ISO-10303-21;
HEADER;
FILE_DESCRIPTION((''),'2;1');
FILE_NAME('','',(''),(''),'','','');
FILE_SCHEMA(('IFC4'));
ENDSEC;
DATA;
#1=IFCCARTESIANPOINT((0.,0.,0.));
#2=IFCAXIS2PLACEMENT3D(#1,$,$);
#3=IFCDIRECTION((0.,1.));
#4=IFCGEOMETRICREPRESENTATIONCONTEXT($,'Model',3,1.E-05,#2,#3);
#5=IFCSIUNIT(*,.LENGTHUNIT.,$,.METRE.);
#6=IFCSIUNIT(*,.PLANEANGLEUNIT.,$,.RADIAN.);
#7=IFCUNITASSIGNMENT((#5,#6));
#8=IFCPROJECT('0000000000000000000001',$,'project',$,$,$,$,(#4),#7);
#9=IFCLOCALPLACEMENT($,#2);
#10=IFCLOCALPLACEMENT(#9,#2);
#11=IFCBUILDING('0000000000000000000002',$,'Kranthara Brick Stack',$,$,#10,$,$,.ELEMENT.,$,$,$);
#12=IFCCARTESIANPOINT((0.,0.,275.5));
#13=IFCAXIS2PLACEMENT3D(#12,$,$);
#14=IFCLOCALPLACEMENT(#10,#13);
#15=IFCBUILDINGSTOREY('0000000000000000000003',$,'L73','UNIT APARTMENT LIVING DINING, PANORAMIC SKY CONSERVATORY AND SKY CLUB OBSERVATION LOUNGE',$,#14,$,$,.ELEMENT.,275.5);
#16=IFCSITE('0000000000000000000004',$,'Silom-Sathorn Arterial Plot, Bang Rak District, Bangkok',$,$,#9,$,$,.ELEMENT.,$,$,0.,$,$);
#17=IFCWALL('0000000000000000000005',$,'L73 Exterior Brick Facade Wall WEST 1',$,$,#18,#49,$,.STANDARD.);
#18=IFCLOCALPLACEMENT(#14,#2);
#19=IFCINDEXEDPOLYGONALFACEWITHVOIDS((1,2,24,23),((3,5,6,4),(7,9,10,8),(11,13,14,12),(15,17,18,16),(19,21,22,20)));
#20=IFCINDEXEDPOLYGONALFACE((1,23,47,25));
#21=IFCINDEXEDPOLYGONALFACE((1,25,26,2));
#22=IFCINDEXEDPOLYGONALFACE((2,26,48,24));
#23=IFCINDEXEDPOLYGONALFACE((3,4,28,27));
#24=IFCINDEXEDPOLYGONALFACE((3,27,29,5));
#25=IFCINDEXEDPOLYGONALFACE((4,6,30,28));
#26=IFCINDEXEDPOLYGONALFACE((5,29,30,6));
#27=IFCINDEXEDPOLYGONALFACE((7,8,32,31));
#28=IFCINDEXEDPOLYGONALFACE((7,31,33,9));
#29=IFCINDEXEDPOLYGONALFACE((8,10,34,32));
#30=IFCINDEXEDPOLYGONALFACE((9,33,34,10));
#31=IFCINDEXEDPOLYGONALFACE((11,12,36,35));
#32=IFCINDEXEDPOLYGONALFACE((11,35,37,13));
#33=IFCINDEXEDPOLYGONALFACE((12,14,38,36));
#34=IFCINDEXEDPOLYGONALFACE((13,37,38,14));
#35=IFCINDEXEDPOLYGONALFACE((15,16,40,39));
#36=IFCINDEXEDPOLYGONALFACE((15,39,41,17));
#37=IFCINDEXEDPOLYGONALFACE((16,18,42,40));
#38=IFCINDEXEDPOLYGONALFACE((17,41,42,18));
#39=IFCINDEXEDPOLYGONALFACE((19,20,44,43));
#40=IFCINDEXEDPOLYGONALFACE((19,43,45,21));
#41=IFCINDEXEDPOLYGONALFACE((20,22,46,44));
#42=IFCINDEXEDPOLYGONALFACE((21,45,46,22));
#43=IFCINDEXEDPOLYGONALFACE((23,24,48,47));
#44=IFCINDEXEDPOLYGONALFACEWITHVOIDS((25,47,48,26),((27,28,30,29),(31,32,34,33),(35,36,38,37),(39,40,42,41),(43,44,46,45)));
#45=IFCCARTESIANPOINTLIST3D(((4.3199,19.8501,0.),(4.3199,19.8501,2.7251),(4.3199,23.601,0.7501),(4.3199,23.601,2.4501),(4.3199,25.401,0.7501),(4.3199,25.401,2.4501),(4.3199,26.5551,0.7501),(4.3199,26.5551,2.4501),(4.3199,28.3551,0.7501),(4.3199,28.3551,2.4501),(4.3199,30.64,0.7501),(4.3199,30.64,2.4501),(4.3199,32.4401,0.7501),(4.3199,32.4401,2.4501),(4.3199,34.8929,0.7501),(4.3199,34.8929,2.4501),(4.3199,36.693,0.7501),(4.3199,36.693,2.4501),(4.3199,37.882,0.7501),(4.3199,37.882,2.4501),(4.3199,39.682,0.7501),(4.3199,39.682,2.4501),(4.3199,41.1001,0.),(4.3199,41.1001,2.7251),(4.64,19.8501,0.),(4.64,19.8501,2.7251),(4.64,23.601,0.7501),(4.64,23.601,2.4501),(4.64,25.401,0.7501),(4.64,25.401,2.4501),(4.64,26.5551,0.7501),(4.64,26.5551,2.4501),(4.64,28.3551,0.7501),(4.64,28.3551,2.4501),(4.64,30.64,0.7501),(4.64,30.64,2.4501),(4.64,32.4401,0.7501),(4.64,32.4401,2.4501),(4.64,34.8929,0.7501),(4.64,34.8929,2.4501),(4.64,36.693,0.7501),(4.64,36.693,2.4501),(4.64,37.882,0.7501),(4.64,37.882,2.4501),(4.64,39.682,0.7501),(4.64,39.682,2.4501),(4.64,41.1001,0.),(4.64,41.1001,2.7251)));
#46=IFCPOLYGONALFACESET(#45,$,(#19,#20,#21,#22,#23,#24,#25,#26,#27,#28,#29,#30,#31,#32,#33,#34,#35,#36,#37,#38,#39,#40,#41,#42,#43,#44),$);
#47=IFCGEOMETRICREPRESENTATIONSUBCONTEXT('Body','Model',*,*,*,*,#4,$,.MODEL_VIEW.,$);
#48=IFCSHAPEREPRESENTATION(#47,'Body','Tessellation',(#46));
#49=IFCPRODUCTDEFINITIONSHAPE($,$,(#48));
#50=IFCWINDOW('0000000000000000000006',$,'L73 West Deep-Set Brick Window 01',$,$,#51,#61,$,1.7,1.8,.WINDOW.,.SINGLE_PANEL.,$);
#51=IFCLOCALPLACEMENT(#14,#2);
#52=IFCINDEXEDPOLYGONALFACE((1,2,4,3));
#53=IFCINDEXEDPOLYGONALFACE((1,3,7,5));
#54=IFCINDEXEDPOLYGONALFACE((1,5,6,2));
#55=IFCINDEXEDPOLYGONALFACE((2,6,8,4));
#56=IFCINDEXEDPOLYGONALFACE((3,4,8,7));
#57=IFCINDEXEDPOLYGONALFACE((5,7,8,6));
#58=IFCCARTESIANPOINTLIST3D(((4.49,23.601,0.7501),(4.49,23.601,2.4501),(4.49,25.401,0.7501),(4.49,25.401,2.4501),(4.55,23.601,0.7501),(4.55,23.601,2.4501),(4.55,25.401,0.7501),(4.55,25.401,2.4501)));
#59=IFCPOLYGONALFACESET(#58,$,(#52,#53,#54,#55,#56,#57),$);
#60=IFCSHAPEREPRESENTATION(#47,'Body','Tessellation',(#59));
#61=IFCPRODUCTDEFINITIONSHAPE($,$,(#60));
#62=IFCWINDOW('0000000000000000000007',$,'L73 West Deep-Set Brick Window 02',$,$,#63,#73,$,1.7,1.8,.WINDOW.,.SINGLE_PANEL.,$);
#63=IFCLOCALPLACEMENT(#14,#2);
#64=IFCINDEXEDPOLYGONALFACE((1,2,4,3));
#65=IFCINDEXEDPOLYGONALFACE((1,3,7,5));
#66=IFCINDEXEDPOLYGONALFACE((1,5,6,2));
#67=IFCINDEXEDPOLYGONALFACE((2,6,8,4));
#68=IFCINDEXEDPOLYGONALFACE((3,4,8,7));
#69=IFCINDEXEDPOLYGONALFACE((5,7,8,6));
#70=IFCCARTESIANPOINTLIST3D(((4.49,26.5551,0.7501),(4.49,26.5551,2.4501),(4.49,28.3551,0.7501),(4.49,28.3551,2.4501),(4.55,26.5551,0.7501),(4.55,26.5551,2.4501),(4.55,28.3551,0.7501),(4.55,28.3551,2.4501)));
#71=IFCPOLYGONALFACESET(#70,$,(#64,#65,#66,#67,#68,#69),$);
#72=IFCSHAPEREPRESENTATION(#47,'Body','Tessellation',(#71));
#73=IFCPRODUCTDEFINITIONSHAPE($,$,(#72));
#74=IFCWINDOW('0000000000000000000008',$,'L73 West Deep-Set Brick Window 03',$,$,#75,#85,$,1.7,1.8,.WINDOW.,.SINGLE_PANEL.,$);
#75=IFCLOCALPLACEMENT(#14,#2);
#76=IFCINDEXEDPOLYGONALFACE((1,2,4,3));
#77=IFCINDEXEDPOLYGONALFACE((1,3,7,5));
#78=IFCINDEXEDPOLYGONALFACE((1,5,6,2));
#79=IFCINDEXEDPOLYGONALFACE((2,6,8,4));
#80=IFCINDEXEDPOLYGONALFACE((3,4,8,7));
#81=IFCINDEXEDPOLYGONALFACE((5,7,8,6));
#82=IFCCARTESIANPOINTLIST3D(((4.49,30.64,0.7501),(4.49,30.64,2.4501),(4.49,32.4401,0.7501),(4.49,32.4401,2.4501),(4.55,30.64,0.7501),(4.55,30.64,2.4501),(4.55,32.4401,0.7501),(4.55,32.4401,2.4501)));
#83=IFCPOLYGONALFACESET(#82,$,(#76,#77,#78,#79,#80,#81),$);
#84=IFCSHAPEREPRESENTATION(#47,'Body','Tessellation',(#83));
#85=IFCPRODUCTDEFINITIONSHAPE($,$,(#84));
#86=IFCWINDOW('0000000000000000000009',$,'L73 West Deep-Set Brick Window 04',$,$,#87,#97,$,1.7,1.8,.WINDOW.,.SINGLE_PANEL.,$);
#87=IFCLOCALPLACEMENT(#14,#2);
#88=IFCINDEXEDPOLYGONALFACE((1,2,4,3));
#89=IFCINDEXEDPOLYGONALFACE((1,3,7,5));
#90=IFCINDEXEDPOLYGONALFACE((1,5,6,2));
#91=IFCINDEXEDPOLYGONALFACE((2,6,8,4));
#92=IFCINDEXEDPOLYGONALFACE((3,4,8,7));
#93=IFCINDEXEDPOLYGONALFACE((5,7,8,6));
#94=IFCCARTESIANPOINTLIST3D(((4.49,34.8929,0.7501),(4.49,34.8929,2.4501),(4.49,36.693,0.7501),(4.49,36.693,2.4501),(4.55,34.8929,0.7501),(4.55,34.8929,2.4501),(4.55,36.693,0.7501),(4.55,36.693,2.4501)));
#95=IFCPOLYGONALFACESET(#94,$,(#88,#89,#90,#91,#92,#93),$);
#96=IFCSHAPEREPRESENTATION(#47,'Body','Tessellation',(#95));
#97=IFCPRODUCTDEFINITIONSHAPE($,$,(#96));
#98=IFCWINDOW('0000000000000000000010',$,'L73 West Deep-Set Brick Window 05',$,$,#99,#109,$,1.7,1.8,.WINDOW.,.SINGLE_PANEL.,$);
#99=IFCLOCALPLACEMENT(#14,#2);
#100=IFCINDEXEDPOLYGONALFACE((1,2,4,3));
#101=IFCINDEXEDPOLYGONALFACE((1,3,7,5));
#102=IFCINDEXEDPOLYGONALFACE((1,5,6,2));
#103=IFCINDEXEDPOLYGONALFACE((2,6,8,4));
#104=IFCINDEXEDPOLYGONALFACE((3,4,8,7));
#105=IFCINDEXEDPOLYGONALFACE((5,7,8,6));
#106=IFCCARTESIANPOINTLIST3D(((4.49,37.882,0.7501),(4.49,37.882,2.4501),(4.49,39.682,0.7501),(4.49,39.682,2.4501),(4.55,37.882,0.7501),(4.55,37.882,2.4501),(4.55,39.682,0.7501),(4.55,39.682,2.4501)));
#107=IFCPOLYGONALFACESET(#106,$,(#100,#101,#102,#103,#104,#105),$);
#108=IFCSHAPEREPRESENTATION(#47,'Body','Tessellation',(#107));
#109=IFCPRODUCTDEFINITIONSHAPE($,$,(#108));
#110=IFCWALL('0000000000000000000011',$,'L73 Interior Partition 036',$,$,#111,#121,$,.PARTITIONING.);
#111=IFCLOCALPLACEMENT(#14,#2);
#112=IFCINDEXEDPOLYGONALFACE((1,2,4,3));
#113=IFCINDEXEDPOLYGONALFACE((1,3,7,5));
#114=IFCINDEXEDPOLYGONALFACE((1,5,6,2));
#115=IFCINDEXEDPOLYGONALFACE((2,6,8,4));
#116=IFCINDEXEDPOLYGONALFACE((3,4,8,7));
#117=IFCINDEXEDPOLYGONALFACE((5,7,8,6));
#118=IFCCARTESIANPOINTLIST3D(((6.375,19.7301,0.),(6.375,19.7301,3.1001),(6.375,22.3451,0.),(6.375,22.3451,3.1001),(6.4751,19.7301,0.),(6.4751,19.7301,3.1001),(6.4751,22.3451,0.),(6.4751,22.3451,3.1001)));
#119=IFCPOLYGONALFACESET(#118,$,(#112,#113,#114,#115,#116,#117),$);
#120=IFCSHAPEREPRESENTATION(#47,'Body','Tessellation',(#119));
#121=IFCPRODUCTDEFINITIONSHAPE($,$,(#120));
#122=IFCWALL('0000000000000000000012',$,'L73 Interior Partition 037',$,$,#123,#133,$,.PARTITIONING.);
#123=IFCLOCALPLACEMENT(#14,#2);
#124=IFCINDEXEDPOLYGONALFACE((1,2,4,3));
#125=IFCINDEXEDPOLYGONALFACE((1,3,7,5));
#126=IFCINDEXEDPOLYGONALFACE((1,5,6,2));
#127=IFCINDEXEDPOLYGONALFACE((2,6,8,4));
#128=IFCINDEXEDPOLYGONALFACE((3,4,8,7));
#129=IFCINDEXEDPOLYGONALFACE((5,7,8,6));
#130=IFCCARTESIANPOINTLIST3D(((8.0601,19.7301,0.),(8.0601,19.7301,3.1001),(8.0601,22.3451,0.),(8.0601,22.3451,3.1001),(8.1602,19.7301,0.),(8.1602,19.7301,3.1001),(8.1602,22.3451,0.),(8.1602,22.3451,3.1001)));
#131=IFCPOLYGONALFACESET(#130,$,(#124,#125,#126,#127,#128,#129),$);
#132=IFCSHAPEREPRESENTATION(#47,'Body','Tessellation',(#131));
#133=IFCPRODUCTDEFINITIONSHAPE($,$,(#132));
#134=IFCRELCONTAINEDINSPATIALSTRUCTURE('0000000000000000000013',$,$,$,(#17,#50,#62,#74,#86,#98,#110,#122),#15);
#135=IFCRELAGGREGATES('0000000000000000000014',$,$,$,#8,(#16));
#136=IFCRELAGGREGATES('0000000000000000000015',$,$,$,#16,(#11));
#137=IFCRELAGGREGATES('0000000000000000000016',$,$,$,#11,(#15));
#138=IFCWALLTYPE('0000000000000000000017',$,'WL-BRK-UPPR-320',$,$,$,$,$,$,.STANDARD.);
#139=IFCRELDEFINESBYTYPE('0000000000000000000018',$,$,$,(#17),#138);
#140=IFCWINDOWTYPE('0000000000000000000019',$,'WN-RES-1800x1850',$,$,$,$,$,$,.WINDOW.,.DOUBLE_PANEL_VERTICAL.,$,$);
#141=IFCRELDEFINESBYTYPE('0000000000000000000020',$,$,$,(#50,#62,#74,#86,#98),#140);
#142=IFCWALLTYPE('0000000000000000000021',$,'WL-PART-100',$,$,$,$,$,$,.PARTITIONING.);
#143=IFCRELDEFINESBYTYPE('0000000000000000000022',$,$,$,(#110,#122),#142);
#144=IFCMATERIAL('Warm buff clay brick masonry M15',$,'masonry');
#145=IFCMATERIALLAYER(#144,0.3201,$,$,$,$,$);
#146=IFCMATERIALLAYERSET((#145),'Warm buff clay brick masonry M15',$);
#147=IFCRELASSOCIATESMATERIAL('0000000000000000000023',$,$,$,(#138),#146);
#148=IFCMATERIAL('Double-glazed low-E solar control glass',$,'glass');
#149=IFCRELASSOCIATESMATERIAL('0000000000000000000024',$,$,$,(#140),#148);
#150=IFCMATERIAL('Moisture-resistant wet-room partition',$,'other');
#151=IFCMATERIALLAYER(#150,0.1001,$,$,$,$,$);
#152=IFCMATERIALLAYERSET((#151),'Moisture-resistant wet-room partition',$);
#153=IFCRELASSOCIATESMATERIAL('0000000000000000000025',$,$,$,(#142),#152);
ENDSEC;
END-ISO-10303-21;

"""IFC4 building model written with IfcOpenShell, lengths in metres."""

from ifc_helpers import new_model, si_unit, direction, frame, frame_2d, origin, place, context, subcontext, project, spatial, rectangle, extrude, material, layer, layer_set, type_object, element, fill, save


model = new_model("IFC4")

# Units and contexts
model_context = context("Model", 3, precision=1e-05, world=origin(), true_north=direction((0.0, 1.0)))
body_context = subcontext(model_context, "Body", "Model", "MODEL_VIEW")
ifc_project = project(units=[si_unit("LENGTHUNIT", "METRE"), si_unit("PLANEANGLEUNIT", "RADIAN")], contexts=[model_context])

# Site, building, storey
site_placement = place(None, origin())
site = spatial("IfcSite", under=ifc_project, at=site_placement, Name="Silom-Sathorn Arterial Plot, Bang Rak District, Bangkok", CompositionType="ELEMENT", RefElevation=0.0)
building_placement = place(site_placement, origin())
building = spatial("IfcBuilding", under=site, at=building_placement, Name="Kranthara Brick Stack", CompositionType="ELEMENT")
storey_placement = place(building_placement, frame((0.0, 0.0, 275.5)))
storey = spatial("IfcBuildingStorey", under=building, at=storey_placement, Name="L73", Description="UNIT APARTMENT LIVING DINING, PANORAMIC SKY CONSERVATORY AND SKY CLUB OBSERVATION LOUNGE", CompositionType="ELEMENT", Elevation=275.5)

# Wall, openings, windows
ifc_material_1 = material(Name="Warm buff clay brick masonry M15", Category="masonry")
ifc_layer_1 = layer(ifc_material_1, 0.3201)
ifc_layer_set_1 = layer_set([ifc_layer_1], Name="Warm buff clay brick masonry M15")
wall_type_1 = type_object("IfcWallType", Name="WL-BRK-UPPR-320", PredefinedType="STANDARD", material=ifc_layer_set_1)
wall_1_placement = place(storey_placement, frame((4.48, 19.8501, 0.0), z_axis=(0.0, 0.0, 1.0), x_axis=(0.0, 1.0, 0.0)))
wall_1 = element("IfcWall", 1, at=wall_1_placement, inside=storey, type_object=wall_type_1, Name="L73 Exterior Brick Facade Wall WEST 1", PredefinedType="STANDARD", context=body_context, shape_type="SweptSolid", body=[
    extrude(rectangle(XDim=21.25, YDim=0.3201, at=frame_2d((10.625, 0.0))), origin(), (0.0, 0.0, 1.0), 2.7251),
])
opening_1_placement = place(wall_1_placement, frame((3.751, 0.0, 0.75)))
opening_1 = element("IfcOpeningElement", 2, at=opening_1_placement, cuts=wall_1, PredefinedType="OPENING", context=body_context, shape_type="SweptSolid", body=[
    extrude(rectangle(XDim=1.8, YDim=1.7, at=frame_2d((0.8999, 0.8501))), frame((0.0, 0.1699, 0.0), z_axis=(0.0, -1.0, 0.0), x_axis=(1.0, 0.0, 0.0)), (0.0, 0.0, 1.0), 0.3401),
])
opening_2_placement = place(wall_1_placement, frame((6.7051, 0.0, 0.75)))
opening_2 = element("IfcOpeningElement", 3, at=opening_2_placement, cuts=wall_1, PredefinedType="OPENING", context=body_context, shape_type="SweptSolid", body=[
    extrude(rectangle(XDim=1.8, YDim=1.7, at=frame_2d((0.8999, 0.8501))), frame((0.0, 0.1699, 0.0), z_axis=(0.0, -1.0, 0.0), x_axis=(1.0, 0.0, 0.0)), (0.0, 0.0, 1.0), 0.3401),
])
opening_3_placement = place(wall_1_placement, frame((10.79, 0.0, 0.75)))
opening_3 = element("IfcOpeningElement", 4, at=opening_3_placement, cuts=wall_1, PredefinedType="OPENING", context=body_context, shape_type="SweptSolid", body=[
    extrude(rectangle(XDim=1.8, YDim=1.7, at=frame_2d((0.8999, 0.8501))), frame((0.0, 0.1699, 0.0), z_axis=(0.0, -1.0, 0.0), x_axis=(1.0, 0.0, 0.0)), (0.0, 0.0, 1.0), 0.3401),
])
opening_4_placement = place(wall_1_placement, frame((15.043, 0.0, 0.75)))
opening_4 = element("IfcOpeningElement", 5, at=opening_4_placement, cuts=wall_1, PredefinedType="OPENING", context=body_context, shape_type="SweptSolid", body=[
    extrude(rectangle(XDim=1.8, YDim=1.7, at=frame_2d((0.8999, 0.8501))), frame((0.0, 0.1699, 0.0), z_axis=(0.0, -1.0, 0.0), x_axis=(1.0, 0.0, 0.0)), (0.0, 0.0, 1.0), 0.3401),
])
opening_5_placement = place(wall_1_placement, frame((18.032, 0.0, 0.75)))
opening_5 = element("IfcOpeningElement", 6, at=opening_5_placement, cuts=wall_1, PredefinedType="OPENING", context=body_context, shape_type="SweptSolid", body=[
    extrude(rectangle(XDim=1.8, YDim=1.7, at=frame_2d((0.8999, 0.8501))), frame((0.0, 0.1699, 0.0), z_axis=(0.0, -1.0, 0.0), x_axis=(1.0, 0.0, 0.0)), (0.0, 0.0, 1.0), 0.3401),
])
ifc_material_2 = material(Name="Double-glazed low-E solar control glass", Category="glass")
window_type = type_object("IfcWindowType", Name="WN-RES-1800x1850", PartitioningType="DOUBLE_PANEL_VERTICAL", PredefinedType="WINDOW", material=ifc_material_2)
window_1_placement = place(opening_1_placement, origin())
window_1 = element("IfcWindow", 7, at=window_1_placement, inside=storey, type_object=window_type, Name="L73 West Deep-Set Brick Window 01", OverallHeight=1.7, OverallWidth=1.8, PartitioningType="SINGLE_PANEL", PredefinedType="WINDOW", context=body_context, shape_type="SweptSolid", body=[
    extrude(rectangle(XDim=1.8, YDim=1.7, at=frame_2d((0.8999, 0.8501))), frame((0.0, -0.01, 0.0), z_axis=(0.0, -1.0, 0.0), x_axis=(1.0, 0.0, 0.0)), (0.0, 0.0, 1.0), 0.0601),
])
fill(opening_1, window_1)
window_2_placement = place(opening_2_placement, origin())
window_2 = element("IfcWindow", 8, at=window_2_placement, inside=storey, type_object=window_type, Name="L73 West Deep-Set Brick Window 02", OverallHeight=1.7, OverallWidth=1.8, PartitioningType="SINGLE_PANEL", PredefinedType="WINDOW", context=body_context, shape_type="SweptSolid", body=[
    extrude(rectangle(XDim=1.8, YDim=1.7, at=frame_2d((0.8999, 0.8501))), frame((0.0, -0.01, 0.0), z_axis=(0.0, -1.0, 0.0), x_axis=(1.0, 0.0, 0.0)), (0.0, 0.0, 1.0), 0.0601),
])
fill(opening_2, window_2)
window_3_placement = place(opening_3_placement, origin())
window_3 = element("IfcWindow", 9, at=window_3_placement, inside=storey, type_object=window_type, Name="L73 West Deep-Set Brick Window 03", OverallHeight=1.7, OverallWidth=1.8, PartitioningType="SINGLE_PANEL", PredefinedType="WINDOW", context=body_context, shape_type="SweptSolid", body=[
    extrude(rectangle(XDim=1.8, YDim=1.7, at=frame_2d((0.8999, 0.8501))), frame((0.0, -0.01, 0.0), z_axis=(0.0, -1.0, 0.0), x_axis=(1.0, 0.0, 0.0)), (0.0, 0.0, 1.0), 0.0601),
])
fill(opening_3, window_3)
window_4_placement = place(opening_4_placement, origin())
window_4 = element("IfcWindow", 10, at=window_4_placement, inside=storey, type_object=window_type, Name="L73 West Deep-Set Brick Window 04", OverallHeight=1.7, OverallWidth=1.8, PartitioningType="SINGLE_PANEL", PredefinedType="WINDOW", context=body_context, shape_type="SweptSolid", body=[
    extrude(rectangle(XDim=1.8, YDim=1.7, at=frame_2d((0.8999, 0.8501))), frame((0.0, -0.01, 0.0), z_axis=(0.0, -1.0, 0.0), x_axis=(1.0, 0.0, 0.0)), (0.0, 0.0, 1.0), 0.0601),
])
fill(opening_4, window_4)
window_5_placement = place(opening_5_placement, origin())
window_5 = element("IfcWindow", 11, at=window_5_placement, inside=storey, type_object=window_type, Name="L73 West Deep-Set Brick Window 05", OverallHeight=1.7, OverallWidth=1.8, PartitioningType="SINGLE_PANEL", PredefinedType="WINDOW", context=body_context, shape_type="SweptSolid", body=[
    extrude(rectangle(XDim=1.8, YDim=1.7, at=frame_2d((0.8999, 0.8501))), frame((0.0, -0.01, 0.0), z_axis=(0.0, -1.0, 0.0), x_axis=(1.0, 0.0, 0.0)), (0.0, 0.0, 1.0), 0.0601),
])
fill(opening_5, window_5)

# Walls
ifc_material_3 = material(Name="Moisture-resistant wet-room partition", Category="other")
ifc_layer_2 = layer(ifc_material_3, 0.1001)
ifc_layer_set_2 = layer_set([ifc_layer_2], Name="Moisture-resistant wet-room partition")
wall_type_2 = type_object("IfcWallType", Name="WL-PART-100", PredefinedType="PARTITIONING", material=ifc_layer_set_2)
for number, where, z_axis, x_axis, name in (
    (12, (6.425, 19.73, 0.0), (0.0, 0.0, 1.0), (0.0, 1.0, 0.0), "L73 Interior Partition 036"),
    (13, (8.1101, 19.73, 0.0), (0.0, 0.0, 1.0), (0.0, 1.0, 0.0), "L73 Interior Partition 037"),
):
    element("IfcWall", number, at=place(storey_placement, frame(where, z_axis=z_axis, x_axis=x_axis)), inside=storey, type_object=wall_type_2, Name=name, PredefinedType="PARTITIONING", context=body_context, shape_type="SweptSolid", body=[
        extrude(rectangle(XDim=2.615, YDim=0.1001, at=frame_2d((1.3076, 0.0))), origin(), (0.0, 0.0, 1.0), 3.1001),
    ])

save(model, "model.ifc")
